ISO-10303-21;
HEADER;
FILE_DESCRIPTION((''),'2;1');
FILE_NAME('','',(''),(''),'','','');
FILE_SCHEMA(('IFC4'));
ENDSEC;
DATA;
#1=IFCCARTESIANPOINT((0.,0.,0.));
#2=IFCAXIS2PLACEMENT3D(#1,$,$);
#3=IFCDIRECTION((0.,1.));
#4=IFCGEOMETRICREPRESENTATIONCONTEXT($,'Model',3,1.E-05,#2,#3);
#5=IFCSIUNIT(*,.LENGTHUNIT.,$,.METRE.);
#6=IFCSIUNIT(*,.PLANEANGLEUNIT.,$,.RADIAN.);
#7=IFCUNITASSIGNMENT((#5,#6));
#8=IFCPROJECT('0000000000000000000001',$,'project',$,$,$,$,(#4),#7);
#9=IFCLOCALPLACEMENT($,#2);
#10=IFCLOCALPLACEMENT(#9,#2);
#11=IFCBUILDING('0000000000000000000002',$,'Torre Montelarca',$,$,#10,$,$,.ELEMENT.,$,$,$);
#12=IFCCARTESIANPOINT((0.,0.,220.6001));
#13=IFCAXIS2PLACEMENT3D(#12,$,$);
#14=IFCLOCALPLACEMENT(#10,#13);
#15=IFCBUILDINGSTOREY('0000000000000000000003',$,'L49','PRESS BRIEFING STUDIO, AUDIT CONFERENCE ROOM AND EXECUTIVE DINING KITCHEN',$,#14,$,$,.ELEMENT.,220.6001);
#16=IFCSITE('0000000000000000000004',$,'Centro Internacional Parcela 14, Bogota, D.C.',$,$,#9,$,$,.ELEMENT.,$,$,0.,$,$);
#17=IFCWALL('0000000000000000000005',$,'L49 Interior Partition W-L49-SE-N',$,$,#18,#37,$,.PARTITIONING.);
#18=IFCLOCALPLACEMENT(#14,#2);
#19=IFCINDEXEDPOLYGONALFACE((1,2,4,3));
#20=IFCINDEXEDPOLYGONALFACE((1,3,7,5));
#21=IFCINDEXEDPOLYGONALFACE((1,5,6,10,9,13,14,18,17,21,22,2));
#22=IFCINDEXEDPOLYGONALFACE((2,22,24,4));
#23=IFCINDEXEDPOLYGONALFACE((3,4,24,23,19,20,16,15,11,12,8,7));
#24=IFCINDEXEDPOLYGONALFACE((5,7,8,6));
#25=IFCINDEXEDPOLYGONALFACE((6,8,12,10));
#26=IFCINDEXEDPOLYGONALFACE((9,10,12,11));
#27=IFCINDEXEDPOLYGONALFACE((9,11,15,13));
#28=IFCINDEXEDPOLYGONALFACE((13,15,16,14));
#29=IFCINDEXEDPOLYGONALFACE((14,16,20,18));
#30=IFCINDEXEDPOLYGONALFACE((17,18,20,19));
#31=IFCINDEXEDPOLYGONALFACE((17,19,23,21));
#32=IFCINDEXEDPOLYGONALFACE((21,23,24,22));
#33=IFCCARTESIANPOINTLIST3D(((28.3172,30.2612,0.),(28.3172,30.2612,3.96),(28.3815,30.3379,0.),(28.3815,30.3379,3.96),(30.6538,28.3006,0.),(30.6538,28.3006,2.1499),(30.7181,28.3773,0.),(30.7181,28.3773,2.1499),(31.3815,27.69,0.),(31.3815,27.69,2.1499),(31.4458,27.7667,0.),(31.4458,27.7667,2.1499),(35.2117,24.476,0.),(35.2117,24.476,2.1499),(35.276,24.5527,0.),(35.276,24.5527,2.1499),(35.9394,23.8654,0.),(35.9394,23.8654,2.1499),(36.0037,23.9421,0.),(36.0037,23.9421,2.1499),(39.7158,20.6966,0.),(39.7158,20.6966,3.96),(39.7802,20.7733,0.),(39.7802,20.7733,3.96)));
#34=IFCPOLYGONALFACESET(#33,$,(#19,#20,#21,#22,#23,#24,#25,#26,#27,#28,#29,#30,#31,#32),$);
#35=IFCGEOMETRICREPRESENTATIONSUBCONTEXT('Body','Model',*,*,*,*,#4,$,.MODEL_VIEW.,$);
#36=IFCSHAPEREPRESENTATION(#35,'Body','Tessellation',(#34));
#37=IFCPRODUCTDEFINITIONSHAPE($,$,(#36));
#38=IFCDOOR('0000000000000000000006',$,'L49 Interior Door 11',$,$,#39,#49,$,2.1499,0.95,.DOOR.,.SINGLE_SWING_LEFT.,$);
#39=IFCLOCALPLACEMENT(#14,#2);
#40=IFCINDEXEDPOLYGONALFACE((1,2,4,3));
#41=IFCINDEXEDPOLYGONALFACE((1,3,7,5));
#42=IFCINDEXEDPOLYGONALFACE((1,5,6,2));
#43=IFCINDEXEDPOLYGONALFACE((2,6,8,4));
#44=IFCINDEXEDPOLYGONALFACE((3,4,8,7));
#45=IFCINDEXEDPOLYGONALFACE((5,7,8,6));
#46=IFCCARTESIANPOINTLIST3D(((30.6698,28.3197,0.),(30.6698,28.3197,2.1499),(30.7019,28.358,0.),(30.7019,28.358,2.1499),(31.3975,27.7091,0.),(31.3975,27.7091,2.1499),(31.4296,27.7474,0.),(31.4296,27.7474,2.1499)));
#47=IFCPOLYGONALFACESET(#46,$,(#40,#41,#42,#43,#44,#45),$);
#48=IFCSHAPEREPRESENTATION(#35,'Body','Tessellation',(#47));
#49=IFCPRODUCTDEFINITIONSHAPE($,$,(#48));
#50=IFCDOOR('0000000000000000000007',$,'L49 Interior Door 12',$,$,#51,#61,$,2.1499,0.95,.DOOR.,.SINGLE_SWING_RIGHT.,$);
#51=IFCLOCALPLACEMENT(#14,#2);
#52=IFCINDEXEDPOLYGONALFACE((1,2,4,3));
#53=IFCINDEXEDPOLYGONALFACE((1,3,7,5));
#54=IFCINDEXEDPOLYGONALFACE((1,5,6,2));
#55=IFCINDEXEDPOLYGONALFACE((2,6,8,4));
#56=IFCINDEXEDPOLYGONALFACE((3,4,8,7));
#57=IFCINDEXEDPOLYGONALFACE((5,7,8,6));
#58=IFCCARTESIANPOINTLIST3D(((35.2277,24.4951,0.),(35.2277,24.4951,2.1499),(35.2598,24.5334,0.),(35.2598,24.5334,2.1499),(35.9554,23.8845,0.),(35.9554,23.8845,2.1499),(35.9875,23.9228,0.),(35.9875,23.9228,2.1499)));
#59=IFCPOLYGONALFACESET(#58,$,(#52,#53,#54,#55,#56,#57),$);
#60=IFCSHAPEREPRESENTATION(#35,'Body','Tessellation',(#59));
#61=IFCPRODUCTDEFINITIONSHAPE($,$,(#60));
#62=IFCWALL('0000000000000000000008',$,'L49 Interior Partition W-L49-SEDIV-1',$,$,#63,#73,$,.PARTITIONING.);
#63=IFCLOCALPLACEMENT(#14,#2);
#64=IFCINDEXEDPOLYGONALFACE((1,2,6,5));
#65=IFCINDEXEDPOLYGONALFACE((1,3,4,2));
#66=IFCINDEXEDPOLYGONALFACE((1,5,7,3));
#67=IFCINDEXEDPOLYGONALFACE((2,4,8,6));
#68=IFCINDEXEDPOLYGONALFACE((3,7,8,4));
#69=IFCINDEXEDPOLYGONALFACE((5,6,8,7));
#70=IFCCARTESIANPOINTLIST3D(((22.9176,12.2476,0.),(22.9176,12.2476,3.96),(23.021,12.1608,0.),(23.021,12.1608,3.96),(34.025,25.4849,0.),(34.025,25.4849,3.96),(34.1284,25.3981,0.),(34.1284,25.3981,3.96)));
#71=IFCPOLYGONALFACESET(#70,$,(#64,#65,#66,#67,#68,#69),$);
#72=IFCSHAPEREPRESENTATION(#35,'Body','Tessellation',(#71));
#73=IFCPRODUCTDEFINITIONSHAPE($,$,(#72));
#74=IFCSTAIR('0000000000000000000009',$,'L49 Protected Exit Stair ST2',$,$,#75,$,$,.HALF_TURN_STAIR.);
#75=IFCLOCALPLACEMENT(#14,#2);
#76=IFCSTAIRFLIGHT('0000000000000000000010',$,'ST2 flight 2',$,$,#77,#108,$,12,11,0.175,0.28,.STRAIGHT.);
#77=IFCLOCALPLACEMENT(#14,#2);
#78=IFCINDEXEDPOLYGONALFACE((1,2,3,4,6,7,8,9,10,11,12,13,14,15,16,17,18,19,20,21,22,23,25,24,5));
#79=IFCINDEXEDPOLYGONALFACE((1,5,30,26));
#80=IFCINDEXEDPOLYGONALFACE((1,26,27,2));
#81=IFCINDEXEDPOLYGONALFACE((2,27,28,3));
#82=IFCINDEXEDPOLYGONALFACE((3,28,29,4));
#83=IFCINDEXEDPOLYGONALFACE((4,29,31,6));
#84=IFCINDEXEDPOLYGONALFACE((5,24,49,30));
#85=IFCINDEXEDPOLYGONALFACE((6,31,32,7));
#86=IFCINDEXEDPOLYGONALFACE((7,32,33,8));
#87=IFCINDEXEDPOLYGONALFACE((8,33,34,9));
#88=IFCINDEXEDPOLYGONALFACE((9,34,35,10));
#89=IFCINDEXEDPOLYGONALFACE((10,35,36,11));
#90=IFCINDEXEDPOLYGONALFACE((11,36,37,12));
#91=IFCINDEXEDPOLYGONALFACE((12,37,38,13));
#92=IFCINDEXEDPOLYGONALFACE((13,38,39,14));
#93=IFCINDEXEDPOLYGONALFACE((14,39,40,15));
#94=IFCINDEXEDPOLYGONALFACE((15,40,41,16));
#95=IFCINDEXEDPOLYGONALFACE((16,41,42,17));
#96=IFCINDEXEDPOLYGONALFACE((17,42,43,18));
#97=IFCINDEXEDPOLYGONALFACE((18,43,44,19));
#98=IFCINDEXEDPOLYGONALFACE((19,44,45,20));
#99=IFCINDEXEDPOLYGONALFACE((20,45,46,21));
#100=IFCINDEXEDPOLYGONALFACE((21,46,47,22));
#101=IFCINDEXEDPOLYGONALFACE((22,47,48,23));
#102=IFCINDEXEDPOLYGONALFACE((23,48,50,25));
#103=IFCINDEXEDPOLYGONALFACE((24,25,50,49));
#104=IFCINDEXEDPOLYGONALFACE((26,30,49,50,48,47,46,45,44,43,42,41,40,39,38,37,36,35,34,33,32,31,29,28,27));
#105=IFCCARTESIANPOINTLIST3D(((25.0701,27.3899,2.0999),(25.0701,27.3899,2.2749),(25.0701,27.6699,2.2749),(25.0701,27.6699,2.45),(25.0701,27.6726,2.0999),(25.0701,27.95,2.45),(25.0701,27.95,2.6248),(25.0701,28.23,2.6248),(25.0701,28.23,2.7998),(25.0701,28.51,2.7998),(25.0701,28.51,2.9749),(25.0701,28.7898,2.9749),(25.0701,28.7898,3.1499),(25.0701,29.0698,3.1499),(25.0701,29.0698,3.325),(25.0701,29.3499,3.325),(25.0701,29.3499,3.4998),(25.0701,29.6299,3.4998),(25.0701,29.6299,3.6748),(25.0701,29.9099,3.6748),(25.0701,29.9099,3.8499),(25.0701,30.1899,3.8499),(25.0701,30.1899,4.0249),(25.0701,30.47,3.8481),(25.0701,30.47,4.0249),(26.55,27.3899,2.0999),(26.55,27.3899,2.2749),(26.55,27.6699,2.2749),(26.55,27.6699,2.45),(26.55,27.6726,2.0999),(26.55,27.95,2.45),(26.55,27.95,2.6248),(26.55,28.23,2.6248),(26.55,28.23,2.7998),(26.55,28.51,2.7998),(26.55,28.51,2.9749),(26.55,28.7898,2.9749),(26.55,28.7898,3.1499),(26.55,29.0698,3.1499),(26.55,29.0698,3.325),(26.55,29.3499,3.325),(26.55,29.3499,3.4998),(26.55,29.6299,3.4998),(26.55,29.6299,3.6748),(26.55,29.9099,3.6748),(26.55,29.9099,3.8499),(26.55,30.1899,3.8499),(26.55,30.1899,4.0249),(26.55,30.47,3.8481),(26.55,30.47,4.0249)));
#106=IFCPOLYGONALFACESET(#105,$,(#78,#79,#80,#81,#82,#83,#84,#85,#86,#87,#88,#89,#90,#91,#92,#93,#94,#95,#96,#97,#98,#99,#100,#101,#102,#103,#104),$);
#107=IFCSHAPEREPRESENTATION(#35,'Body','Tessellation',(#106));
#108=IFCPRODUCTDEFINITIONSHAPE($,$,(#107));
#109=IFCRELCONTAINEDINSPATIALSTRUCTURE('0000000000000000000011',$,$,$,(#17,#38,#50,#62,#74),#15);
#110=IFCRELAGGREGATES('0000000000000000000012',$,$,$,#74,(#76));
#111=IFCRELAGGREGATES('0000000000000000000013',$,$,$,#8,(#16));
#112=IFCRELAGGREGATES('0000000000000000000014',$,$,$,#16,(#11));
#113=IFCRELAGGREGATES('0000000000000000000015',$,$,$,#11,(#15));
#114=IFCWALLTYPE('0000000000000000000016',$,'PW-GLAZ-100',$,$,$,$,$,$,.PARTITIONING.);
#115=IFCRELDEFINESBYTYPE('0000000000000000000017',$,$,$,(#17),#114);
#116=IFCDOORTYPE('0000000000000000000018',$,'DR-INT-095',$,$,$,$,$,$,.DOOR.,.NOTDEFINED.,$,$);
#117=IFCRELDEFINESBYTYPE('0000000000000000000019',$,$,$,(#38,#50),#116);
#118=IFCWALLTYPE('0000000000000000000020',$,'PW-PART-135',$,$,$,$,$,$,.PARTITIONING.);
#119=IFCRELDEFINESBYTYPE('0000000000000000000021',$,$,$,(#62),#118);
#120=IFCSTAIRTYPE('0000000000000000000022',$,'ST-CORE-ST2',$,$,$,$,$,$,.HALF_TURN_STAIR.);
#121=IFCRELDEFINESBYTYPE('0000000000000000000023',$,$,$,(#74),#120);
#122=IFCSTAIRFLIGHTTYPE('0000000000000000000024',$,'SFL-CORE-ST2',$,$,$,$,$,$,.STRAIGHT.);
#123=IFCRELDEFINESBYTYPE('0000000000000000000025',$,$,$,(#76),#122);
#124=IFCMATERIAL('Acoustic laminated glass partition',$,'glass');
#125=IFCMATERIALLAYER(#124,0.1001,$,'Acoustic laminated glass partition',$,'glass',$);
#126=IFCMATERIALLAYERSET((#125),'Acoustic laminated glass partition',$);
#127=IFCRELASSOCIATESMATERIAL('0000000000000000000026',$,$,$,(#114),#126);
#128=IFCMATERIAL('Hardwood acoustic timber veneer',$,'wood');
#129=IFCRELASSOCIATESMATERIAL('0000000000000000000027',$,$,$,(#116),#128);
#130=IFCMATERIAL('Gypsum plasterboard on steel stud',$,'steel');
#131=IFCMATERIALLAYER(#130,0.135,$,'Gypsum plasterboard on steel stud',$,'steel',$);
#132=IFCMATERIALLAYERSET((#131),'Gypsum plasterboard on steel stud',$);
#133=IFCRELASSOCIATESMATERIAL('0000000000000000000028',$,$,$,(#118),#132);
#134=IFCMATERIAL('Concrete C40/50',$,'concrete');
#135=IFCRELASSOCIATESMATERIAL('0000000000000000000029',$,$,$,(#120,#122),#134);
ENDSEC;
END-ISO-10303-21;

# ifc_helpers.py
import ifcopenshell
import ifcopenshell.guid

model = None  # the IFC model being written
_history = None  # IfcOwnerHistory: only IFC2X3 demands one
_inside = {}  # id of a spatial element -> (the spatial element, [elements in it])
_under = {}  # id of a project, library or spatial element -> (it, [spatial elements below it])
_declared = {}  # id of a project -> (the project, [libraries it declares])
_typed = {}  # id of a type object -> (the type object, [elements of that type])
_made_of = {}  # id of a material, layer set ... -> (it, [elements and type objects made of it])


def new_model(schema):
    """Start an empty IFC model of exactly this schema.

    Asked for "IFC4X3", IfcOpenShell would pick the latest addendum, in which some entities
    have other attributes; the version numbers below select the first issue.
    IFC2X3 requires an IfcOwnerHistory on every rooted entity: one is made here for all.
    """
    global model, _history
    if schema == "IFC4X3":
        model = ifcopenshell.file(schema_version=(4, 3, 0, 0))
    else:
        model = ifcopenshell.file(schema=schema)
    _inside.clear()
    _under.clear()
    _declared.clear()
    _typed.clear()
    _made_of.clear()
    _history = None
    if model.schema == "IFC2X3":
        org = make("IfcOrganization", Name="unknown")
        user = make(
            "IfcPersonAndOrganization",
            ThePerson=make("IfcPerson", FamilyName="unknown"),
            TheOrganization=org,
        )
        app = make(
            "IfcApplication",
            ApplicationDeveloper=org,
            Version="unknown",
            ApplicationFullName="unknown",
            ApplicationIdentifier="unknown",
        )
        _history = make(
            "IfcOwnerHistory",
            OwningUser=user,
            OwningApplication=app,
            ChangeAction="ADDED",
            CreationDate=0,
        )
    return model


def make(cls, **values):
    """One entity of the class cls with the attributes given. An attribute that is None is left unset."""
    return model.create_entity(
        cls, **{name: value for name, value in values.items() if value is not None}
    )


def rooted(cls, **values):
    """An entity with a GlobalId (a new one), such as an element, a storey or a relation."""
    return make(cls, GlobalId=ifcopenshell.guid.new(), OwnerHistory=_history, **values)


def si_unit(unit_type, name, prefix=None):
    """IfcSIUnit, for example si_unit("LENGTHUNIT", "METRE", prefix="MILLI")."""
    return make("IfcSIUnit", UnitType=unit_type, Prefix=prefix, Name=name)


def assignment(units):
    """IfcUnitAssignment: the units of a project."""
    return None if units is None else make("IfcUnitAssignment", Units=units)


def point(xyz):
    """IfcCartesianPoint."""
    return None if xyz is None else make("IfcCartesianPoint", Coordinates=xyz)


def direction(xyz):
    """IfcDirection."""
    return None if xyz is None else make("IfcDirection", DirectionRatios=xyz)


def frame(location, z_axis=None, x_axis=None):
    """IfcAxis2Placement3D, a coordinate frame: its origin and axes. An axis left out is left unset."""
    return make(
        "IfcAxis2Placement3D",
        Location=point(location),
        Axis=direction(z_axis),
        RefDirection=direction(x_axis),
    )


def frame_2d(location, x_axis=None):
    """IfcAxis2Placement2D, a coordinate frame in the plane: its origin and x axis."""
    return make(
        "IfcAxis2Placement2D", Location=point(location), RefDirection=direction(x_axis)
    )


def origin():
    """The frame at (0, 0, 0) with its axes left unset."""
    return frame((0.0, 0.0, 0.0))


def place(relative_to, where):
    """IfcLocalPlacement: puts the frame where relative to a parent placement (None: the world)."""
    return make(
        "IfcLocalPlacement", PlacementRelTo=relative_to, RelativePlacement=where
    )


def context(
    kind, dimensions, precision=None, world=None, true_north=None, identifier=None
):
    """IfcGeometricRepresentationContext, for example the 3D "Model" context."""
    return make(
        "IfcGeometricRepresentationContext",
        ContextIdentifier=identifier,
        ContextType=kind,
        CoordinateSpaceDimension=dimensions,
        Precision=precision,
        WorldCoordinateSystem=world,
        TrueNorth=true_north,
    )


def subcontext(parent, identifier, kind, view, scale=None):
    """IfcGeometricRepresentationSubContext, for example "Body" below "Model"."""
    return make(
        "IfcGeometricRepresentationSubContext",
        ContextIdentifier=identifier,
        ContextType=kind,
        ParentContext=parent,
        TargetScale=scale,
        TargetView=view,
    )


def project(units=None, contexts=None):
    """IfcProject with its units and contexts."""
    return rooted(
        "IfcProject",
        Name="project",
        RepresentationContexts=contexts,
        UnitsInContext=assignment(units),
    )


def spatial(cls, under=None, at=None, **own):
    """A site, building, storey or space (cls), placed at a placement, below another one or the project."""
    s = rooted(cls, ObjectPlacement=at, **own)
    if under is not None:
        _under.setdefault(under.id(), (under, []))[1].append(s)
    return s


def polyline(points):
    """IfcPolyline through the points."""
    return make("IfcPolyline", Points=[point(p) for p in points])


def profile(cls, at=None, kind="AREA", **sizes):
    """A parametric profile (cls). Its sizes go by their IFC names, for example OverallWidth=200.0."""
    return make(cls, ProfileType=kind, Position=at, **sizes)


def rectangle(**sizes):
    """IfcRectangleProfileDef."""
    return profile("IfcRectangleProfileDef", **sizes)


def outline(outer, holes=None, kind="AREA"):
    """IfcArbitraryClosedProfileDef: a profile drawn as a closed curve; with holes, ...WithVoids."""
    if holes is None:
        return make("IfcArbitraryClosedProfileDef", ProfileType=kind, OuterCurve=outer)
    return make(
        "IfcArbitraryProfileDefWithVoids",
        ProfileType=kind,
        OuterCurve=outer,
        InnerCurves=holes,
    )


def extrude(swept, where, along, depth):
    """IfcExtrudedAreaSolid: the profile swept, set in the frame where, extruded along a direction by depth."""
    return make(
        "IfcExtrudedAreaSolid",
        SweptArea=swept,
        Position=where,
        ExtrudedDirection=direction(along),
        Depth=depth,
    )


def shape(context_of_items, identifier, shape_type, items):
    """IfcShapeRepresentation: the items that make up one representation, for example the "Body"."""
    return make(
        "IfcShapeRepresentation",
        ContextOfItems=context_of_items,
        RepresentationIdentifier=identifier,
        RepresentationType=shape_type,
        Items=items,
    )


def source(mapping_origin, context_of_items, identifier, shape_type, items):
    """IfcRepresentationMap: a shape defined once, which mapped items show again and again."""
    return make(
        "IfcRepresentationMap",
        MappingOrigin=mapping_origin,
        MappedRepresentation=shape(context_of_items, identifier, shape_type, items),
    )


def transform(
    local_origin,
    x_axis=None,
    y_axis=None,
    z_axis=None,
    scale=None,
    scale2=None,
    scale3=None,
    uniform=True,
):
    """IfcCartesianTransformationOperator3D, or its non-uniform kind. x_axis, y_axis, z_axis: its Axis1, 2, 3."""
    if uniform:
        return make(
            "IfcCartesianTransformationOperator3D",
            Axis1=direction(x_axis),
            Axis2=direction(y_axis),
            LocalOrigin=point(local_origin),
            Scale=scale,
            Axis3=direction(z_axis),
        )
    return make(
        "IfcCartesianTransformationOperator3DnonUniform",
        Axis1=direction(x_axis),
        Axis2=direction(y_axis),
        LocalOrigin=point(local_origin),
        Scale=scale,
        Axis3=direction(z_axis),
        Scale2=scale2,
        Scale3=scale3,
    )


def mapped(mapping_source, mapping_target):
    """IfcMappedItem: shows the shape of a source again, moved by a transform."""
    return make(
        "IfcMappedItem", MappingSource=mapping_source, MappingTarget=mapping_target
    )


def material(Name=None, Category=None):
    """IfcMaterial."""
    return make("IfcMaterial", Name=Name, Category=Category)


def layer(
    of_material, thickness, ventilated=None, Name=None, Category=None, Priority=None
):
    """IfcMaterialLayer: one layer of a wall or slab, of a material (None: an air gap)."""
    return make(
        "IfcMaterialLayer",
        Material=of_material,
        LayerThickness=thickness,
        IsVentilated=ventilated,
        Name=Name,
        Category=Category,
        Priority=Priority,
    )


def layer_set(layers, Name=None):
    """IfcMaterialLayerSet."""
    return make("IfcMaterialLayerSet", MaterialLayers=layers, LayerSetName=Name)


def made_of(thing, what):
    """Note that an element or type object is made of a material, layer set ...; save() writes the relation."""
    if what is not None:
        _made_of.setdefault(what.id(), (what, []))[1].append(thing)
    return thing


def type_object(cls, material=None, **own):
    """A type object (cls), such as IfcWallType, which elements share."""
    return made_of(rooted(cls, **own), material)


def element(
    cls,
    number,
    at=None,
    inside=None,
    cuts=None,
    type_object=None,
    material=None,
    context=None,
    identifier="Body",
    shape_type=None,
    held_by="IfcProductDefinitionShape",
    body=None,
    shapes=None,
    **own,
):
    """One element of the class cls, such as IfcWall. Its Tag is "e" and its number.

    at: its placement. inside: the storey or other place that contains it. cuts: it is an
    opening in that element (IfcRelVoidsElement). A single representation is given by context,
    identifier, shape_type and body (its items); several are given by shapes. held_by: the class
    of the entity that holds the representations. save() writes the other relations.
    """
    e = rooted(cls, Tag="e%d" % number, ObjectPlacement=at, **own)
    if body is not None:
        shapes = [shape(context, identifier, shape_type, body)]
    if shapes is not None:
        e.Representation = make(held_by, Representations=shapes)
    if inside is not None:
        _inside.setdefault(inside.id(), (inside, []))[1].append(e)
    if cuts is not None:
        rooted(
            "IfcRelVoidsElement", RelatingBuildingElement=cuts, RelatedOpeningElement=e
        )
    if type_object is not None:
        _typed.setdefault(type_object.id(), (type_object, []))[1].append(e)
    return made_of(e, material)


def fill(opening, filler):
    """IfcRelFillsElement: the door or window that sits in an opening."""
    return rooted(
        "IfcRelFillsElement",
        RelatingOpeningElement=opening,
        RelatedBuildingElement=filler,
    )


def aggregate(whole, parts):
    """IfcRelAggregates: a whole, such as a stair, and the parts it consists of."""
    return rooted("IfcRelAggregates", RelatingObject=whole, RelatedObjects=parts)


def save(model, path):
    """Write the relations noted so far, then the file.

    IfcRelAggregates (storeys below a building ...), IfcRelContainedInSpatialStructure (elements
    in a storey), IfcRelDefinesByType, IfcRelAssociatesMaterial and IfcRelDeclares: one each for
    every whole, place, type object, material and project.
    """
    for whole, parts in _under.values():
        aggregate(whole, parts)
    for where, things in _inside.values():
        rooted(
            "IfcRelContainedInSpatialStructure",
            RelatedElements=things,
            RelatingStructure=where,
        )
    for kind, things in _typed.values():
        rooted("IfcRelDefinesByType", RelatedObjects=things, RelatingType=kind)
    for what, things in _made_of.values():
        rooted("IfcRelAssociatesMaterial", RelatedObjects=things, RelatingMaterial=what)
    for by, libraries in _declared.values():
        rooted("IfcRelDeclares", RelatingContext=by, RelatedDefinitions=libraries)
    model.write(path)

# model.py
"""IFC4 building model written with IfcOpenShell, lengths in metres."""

from ifc_helpers import new_model, si_unit, direction, frame, frame_2d, origin, place, context, subcontext, project, spatial, polyline, rectangle, outline, extrude, source, transform, mapped, material, layer, layer_set, type_object, element, fill, aggregate, save


model = new_model("IFC4")

# Units and contexts
model_context = context("Model", 3, precision=1e-05, world=origin(), true_north=direction((0.0, 1.0)))
body_context = subcontext(model_context, "Body", "Model", "MODEL_VIEW")
ifc_project = project(units=[si_unit("LENGTHUNIT", "METRE"), si_unit("PLANEANGLEUNIT", "RADIAN")], contexts=[model_context])

# Site, building, storey
site_placement = place(None, origin())
site = spatial("IfcSite", under=ifc_project, at=site_placement, Name="Centro Internacional Parcela 14, Bogota, D.C.", CompositionType="ELEMENT", RefElevation=0.0)
building_placement = place(site_placement, origin())
building = spatial("IfcBuilding", under=site, at=building_placement, Name="Torre Montelarca", CompositionType="ELEMENT")
storey_placement = place(building_placement, frame((0.0, 0.0, 220.6001)))
storey = spatial("IfcBuildingStorey", under=building, at=storey_placement, Name="L49", Description="PRESS BRIEFING STUDIO, AUDIT CONFERENCE ROOM AND EXECUTIVE DINING KITCHEN", CompositionType="ELEMENT", Elevation=220.6001)

# Shared definitions
ifc_material_1 = material(Name="Concrete C40/50", Category="concrete")

# Shared definitions
ifc_material_2 = material(Name="Gypsum plasterboard on steel stud", Category="steel")

# Wall, openings, doors
ifc_material_3 = material(Name="Acoustic laminated glass partition", Category="glass")
ifc_layer_1 = layer(ifc_material_3, 0.1001, Name="Acoustic laminated glass partition", Category="glass")
ifc_layer_set_1 = layer_set([ifc_layer_1], Name="Acoustic laminated glass partition")
wall_type_1 = type_object("IfcWallType", Name="PW-GLAZ-100", PredefinedType="PARTITIONING", material=ifc_layer_set_1)
wall_1_placement = place(storey_placement, frame((28.3494, 30.2996, 0.0), z_axis=(0.0, 0.0, 1.0), x_axis=(0.766042, -0.64279, 0.0)))
wall_1 = element("IfcWall", 1, at=wall_1_placement, inside=storey, type_object=wall_type_1, Name="L49 Interior Partition W-L49-SE-N", PredefinedType="PARTITIONING", context=body_context, shape_type="SweptSolid", body=[
    extrude(rectangle(XDim=14.8799, YDim=0.1001, at=frame_2d((7.4399, 0.0))), origin(), (0.0, 0.0, 1.0), 3.96),
])
opening_1_placement = place(wall_1_placement, frame((3.05, 0.0, 0.0)))
opening_1 = element("IfcOpeningElement", 2, at=opening_1_placement, cuts=wall_1, PredefinedType="OPENING", context=body_context, shape_type="SweptSolid", body=[
    extrude(rectangle(XDim=0.95, YDim=2.1499, at=frame_2d((0.4751, 1.075))), frame((0.0, 0.0601, 0.0), z_axis=(0.0, -1.0, 0.0), x_axis=(1.0, 0.0, 0.0)), (0.0, 0.0, 1.0), 0.1201),
])
opening_2_placement = place(wall_1_placement, frame((9.0, 0.0, 0.0)))
opening_2 = element("IfcOpeningElement", 3, at=opening_2_placement, cuts=wall_1, PredefinedType="OPENING", context=body_context, shape_type="SweptSolid", body=[
    extrude(rectangle(XDim=0.95, YDim=2.1499, at=frame_2d((0.4751, 1.075))), frame((0.0, 0.0601, 0.0), z_axis=(0.0, -1.0, 0.0), x_axis=(1.0, 0.0, 0.0)), (0.0, 0.0, 1.0), 0.1201),
])
ifc_material_4 = material(Name="Hardwood acoustic timber veneer", Category="wood")
door_type_1 = type_object("IfcDoorType", Name="DR-INT-095", OperationType="NOTDEFINED", PredefinedType="DOOR", material=ifc_material_4)
shared_shape_1 = source(origin(), body_context, "Body", "SweptSolid", [
    extrude(rectangle(XDim=0.95, YDim=2.1499, at=frame_2d((0.4751, 1.075))), frame((0.0, 0.0249, 0.0), z_axis=(0.0, -1.0, 0.0), x_axis=(1.0, 0.0, 0.0)), (0.0, 0.0, 1.0), 0.05),
])
door_1_placement = place(opening_1_placement, origin())
door_1 = element("IfcDoor", 4, at=door_1_placement, inside=storey, type_object=door_type_1, Name="L49 Interior Door 11", OperationType="SINGLE_SWING_LEFT", OverallHeight=2.1499, OverallWidth=0.95, PredefinedType="DOOR", context=body_context, shape_type="MappedRepresentation", body=[
    mapped(shared_shape_1, transform((0.0, 0.0, 0.0), scale=1.0)),
])
fill(opening_1, door_1)
door_2_placement = place(opening_2_placement, origin())
door_2 = element("IfcDoor", 5, at=door_2_placement, inside=storey, type_object=door_type_1, Name="L49 Interior Door 12", OperationType="SINGLE_SWING_RIGHT", OverallHeight=2.1499, OverallWidth=0.95, PredefinedType="DOOR", context=body_context, shape_type="MappedRepresentation", body=[
    mapped(shared_shape_1, transform((0.0, 0.0, 0.0), scale=1.0)),
])
fill(opening_2, door_2)

# Wall
ifc_layer_2 = layer(ifc_material_2, 0.135, Name="Gypsum plasterboard on steel stud", Category="steel")
ifc_layer_set_2 = layer_set([ifc_layer_2], Name="Gypsum plasterboard on steel stud")
wall_type_2 = type_object("IfcWallType", Name="PW-PART-135", PredefinedType="PARTITIONING", material=ifc_layer_set_2)
wall_2_placement = place(storey_placement, frame((22.9692, 12.2041, 0.0), z_axis=(0.0, 0.0, 1.0), x_axis=(0.642788, 0.766044, 0.0)))
element("IfcWall", 6, at=wall_2_placement, inside=storey, type_object=wall_type_2, Name="L49 Interior Partition W-L49-SEDIV-1", PredefinedType="PARTITIONING", context=body_context, shape_type="SweptSolid", body=[
    extrude(rectangle(XDim=17.28, YDim=0.135, at=frame_2d((8.6401, 0.0))), origin(), (0.0, 0.0, 1.0), 3.96),
])

# Stair, stair flight
stair_type = type_object("IfcStairType", Name="ST-CORE-ST2", PredefinedType="HALF_TURN_STAIR", material=ifc_material_1)
stair_placement = place(storey_placement, origin())
stair = element("IfcStair", 7, at=stair_placement, inside=storey, type_object=stair_type, Name="L49 Protected Exit Stair ST2", PredefinedType="HALF_TURN_STAIR")
stair_flight_type = type_object("IfcStairFlightType", Name="SFL-CORE-ST2", PredefinedType="STRAIGHT", material=ifc_material_1)
stair_flight_placement = place(storey_placement, frame((25.8101, 27.3899, 2.0999), z_axis=(0.0, 0.0, 1.0), x_axis=(0.0, 1.0, 0.0)))
stair_flight = element("IfcStairFlight", 8, at=stair_flight_placement, type_object=stair_flight_type, Name="ST2 flight 2", NumberOfRisers=12, NumberOfTreads=11, PredefinedType="STRAIGHT", RiserHeight=0.175, TreadLength=0.28, context=body_context, shape_type="SweptSolid", body=[
    extrude(outline(polyline([(0.0, 0.0), (0.0, 0.175), (0.28, 0.175), (0.28, 0.3501), (0.5601, 0.3501), (0.5601, 0.5249), (0.8401, 0.5249), (0.8401, 0.7), (1.1201, 0.7), (1.1201, 0.875), (1.3999, 0.875), (1.3999, 1.05), (1.6799, 1.05), (1.6799, 1.2251), (1.96, 1.2251), (1.96, 1.3999), (2.24, 1.3999), (2.24, 1.575), (2.52, 1.575), (2.52, 1.75), (2.8, 1.75), (2.8, 1.925), (3.0801, 1.925), (3.0801, 2.1001), (3.0801, 1.7483), (0.2827, 0.0), (0.0, 0.0)])), frame((0.0, 0.74, 0.0), z_axis=(0.0, -1.0, 0.0), x_axis=(1.0, 0.0, 0.0)), (0.0, 0.0, 1.0), 1.48),
])
aggregate(stair, [stair_flight])

save(model, "model.ifc")
